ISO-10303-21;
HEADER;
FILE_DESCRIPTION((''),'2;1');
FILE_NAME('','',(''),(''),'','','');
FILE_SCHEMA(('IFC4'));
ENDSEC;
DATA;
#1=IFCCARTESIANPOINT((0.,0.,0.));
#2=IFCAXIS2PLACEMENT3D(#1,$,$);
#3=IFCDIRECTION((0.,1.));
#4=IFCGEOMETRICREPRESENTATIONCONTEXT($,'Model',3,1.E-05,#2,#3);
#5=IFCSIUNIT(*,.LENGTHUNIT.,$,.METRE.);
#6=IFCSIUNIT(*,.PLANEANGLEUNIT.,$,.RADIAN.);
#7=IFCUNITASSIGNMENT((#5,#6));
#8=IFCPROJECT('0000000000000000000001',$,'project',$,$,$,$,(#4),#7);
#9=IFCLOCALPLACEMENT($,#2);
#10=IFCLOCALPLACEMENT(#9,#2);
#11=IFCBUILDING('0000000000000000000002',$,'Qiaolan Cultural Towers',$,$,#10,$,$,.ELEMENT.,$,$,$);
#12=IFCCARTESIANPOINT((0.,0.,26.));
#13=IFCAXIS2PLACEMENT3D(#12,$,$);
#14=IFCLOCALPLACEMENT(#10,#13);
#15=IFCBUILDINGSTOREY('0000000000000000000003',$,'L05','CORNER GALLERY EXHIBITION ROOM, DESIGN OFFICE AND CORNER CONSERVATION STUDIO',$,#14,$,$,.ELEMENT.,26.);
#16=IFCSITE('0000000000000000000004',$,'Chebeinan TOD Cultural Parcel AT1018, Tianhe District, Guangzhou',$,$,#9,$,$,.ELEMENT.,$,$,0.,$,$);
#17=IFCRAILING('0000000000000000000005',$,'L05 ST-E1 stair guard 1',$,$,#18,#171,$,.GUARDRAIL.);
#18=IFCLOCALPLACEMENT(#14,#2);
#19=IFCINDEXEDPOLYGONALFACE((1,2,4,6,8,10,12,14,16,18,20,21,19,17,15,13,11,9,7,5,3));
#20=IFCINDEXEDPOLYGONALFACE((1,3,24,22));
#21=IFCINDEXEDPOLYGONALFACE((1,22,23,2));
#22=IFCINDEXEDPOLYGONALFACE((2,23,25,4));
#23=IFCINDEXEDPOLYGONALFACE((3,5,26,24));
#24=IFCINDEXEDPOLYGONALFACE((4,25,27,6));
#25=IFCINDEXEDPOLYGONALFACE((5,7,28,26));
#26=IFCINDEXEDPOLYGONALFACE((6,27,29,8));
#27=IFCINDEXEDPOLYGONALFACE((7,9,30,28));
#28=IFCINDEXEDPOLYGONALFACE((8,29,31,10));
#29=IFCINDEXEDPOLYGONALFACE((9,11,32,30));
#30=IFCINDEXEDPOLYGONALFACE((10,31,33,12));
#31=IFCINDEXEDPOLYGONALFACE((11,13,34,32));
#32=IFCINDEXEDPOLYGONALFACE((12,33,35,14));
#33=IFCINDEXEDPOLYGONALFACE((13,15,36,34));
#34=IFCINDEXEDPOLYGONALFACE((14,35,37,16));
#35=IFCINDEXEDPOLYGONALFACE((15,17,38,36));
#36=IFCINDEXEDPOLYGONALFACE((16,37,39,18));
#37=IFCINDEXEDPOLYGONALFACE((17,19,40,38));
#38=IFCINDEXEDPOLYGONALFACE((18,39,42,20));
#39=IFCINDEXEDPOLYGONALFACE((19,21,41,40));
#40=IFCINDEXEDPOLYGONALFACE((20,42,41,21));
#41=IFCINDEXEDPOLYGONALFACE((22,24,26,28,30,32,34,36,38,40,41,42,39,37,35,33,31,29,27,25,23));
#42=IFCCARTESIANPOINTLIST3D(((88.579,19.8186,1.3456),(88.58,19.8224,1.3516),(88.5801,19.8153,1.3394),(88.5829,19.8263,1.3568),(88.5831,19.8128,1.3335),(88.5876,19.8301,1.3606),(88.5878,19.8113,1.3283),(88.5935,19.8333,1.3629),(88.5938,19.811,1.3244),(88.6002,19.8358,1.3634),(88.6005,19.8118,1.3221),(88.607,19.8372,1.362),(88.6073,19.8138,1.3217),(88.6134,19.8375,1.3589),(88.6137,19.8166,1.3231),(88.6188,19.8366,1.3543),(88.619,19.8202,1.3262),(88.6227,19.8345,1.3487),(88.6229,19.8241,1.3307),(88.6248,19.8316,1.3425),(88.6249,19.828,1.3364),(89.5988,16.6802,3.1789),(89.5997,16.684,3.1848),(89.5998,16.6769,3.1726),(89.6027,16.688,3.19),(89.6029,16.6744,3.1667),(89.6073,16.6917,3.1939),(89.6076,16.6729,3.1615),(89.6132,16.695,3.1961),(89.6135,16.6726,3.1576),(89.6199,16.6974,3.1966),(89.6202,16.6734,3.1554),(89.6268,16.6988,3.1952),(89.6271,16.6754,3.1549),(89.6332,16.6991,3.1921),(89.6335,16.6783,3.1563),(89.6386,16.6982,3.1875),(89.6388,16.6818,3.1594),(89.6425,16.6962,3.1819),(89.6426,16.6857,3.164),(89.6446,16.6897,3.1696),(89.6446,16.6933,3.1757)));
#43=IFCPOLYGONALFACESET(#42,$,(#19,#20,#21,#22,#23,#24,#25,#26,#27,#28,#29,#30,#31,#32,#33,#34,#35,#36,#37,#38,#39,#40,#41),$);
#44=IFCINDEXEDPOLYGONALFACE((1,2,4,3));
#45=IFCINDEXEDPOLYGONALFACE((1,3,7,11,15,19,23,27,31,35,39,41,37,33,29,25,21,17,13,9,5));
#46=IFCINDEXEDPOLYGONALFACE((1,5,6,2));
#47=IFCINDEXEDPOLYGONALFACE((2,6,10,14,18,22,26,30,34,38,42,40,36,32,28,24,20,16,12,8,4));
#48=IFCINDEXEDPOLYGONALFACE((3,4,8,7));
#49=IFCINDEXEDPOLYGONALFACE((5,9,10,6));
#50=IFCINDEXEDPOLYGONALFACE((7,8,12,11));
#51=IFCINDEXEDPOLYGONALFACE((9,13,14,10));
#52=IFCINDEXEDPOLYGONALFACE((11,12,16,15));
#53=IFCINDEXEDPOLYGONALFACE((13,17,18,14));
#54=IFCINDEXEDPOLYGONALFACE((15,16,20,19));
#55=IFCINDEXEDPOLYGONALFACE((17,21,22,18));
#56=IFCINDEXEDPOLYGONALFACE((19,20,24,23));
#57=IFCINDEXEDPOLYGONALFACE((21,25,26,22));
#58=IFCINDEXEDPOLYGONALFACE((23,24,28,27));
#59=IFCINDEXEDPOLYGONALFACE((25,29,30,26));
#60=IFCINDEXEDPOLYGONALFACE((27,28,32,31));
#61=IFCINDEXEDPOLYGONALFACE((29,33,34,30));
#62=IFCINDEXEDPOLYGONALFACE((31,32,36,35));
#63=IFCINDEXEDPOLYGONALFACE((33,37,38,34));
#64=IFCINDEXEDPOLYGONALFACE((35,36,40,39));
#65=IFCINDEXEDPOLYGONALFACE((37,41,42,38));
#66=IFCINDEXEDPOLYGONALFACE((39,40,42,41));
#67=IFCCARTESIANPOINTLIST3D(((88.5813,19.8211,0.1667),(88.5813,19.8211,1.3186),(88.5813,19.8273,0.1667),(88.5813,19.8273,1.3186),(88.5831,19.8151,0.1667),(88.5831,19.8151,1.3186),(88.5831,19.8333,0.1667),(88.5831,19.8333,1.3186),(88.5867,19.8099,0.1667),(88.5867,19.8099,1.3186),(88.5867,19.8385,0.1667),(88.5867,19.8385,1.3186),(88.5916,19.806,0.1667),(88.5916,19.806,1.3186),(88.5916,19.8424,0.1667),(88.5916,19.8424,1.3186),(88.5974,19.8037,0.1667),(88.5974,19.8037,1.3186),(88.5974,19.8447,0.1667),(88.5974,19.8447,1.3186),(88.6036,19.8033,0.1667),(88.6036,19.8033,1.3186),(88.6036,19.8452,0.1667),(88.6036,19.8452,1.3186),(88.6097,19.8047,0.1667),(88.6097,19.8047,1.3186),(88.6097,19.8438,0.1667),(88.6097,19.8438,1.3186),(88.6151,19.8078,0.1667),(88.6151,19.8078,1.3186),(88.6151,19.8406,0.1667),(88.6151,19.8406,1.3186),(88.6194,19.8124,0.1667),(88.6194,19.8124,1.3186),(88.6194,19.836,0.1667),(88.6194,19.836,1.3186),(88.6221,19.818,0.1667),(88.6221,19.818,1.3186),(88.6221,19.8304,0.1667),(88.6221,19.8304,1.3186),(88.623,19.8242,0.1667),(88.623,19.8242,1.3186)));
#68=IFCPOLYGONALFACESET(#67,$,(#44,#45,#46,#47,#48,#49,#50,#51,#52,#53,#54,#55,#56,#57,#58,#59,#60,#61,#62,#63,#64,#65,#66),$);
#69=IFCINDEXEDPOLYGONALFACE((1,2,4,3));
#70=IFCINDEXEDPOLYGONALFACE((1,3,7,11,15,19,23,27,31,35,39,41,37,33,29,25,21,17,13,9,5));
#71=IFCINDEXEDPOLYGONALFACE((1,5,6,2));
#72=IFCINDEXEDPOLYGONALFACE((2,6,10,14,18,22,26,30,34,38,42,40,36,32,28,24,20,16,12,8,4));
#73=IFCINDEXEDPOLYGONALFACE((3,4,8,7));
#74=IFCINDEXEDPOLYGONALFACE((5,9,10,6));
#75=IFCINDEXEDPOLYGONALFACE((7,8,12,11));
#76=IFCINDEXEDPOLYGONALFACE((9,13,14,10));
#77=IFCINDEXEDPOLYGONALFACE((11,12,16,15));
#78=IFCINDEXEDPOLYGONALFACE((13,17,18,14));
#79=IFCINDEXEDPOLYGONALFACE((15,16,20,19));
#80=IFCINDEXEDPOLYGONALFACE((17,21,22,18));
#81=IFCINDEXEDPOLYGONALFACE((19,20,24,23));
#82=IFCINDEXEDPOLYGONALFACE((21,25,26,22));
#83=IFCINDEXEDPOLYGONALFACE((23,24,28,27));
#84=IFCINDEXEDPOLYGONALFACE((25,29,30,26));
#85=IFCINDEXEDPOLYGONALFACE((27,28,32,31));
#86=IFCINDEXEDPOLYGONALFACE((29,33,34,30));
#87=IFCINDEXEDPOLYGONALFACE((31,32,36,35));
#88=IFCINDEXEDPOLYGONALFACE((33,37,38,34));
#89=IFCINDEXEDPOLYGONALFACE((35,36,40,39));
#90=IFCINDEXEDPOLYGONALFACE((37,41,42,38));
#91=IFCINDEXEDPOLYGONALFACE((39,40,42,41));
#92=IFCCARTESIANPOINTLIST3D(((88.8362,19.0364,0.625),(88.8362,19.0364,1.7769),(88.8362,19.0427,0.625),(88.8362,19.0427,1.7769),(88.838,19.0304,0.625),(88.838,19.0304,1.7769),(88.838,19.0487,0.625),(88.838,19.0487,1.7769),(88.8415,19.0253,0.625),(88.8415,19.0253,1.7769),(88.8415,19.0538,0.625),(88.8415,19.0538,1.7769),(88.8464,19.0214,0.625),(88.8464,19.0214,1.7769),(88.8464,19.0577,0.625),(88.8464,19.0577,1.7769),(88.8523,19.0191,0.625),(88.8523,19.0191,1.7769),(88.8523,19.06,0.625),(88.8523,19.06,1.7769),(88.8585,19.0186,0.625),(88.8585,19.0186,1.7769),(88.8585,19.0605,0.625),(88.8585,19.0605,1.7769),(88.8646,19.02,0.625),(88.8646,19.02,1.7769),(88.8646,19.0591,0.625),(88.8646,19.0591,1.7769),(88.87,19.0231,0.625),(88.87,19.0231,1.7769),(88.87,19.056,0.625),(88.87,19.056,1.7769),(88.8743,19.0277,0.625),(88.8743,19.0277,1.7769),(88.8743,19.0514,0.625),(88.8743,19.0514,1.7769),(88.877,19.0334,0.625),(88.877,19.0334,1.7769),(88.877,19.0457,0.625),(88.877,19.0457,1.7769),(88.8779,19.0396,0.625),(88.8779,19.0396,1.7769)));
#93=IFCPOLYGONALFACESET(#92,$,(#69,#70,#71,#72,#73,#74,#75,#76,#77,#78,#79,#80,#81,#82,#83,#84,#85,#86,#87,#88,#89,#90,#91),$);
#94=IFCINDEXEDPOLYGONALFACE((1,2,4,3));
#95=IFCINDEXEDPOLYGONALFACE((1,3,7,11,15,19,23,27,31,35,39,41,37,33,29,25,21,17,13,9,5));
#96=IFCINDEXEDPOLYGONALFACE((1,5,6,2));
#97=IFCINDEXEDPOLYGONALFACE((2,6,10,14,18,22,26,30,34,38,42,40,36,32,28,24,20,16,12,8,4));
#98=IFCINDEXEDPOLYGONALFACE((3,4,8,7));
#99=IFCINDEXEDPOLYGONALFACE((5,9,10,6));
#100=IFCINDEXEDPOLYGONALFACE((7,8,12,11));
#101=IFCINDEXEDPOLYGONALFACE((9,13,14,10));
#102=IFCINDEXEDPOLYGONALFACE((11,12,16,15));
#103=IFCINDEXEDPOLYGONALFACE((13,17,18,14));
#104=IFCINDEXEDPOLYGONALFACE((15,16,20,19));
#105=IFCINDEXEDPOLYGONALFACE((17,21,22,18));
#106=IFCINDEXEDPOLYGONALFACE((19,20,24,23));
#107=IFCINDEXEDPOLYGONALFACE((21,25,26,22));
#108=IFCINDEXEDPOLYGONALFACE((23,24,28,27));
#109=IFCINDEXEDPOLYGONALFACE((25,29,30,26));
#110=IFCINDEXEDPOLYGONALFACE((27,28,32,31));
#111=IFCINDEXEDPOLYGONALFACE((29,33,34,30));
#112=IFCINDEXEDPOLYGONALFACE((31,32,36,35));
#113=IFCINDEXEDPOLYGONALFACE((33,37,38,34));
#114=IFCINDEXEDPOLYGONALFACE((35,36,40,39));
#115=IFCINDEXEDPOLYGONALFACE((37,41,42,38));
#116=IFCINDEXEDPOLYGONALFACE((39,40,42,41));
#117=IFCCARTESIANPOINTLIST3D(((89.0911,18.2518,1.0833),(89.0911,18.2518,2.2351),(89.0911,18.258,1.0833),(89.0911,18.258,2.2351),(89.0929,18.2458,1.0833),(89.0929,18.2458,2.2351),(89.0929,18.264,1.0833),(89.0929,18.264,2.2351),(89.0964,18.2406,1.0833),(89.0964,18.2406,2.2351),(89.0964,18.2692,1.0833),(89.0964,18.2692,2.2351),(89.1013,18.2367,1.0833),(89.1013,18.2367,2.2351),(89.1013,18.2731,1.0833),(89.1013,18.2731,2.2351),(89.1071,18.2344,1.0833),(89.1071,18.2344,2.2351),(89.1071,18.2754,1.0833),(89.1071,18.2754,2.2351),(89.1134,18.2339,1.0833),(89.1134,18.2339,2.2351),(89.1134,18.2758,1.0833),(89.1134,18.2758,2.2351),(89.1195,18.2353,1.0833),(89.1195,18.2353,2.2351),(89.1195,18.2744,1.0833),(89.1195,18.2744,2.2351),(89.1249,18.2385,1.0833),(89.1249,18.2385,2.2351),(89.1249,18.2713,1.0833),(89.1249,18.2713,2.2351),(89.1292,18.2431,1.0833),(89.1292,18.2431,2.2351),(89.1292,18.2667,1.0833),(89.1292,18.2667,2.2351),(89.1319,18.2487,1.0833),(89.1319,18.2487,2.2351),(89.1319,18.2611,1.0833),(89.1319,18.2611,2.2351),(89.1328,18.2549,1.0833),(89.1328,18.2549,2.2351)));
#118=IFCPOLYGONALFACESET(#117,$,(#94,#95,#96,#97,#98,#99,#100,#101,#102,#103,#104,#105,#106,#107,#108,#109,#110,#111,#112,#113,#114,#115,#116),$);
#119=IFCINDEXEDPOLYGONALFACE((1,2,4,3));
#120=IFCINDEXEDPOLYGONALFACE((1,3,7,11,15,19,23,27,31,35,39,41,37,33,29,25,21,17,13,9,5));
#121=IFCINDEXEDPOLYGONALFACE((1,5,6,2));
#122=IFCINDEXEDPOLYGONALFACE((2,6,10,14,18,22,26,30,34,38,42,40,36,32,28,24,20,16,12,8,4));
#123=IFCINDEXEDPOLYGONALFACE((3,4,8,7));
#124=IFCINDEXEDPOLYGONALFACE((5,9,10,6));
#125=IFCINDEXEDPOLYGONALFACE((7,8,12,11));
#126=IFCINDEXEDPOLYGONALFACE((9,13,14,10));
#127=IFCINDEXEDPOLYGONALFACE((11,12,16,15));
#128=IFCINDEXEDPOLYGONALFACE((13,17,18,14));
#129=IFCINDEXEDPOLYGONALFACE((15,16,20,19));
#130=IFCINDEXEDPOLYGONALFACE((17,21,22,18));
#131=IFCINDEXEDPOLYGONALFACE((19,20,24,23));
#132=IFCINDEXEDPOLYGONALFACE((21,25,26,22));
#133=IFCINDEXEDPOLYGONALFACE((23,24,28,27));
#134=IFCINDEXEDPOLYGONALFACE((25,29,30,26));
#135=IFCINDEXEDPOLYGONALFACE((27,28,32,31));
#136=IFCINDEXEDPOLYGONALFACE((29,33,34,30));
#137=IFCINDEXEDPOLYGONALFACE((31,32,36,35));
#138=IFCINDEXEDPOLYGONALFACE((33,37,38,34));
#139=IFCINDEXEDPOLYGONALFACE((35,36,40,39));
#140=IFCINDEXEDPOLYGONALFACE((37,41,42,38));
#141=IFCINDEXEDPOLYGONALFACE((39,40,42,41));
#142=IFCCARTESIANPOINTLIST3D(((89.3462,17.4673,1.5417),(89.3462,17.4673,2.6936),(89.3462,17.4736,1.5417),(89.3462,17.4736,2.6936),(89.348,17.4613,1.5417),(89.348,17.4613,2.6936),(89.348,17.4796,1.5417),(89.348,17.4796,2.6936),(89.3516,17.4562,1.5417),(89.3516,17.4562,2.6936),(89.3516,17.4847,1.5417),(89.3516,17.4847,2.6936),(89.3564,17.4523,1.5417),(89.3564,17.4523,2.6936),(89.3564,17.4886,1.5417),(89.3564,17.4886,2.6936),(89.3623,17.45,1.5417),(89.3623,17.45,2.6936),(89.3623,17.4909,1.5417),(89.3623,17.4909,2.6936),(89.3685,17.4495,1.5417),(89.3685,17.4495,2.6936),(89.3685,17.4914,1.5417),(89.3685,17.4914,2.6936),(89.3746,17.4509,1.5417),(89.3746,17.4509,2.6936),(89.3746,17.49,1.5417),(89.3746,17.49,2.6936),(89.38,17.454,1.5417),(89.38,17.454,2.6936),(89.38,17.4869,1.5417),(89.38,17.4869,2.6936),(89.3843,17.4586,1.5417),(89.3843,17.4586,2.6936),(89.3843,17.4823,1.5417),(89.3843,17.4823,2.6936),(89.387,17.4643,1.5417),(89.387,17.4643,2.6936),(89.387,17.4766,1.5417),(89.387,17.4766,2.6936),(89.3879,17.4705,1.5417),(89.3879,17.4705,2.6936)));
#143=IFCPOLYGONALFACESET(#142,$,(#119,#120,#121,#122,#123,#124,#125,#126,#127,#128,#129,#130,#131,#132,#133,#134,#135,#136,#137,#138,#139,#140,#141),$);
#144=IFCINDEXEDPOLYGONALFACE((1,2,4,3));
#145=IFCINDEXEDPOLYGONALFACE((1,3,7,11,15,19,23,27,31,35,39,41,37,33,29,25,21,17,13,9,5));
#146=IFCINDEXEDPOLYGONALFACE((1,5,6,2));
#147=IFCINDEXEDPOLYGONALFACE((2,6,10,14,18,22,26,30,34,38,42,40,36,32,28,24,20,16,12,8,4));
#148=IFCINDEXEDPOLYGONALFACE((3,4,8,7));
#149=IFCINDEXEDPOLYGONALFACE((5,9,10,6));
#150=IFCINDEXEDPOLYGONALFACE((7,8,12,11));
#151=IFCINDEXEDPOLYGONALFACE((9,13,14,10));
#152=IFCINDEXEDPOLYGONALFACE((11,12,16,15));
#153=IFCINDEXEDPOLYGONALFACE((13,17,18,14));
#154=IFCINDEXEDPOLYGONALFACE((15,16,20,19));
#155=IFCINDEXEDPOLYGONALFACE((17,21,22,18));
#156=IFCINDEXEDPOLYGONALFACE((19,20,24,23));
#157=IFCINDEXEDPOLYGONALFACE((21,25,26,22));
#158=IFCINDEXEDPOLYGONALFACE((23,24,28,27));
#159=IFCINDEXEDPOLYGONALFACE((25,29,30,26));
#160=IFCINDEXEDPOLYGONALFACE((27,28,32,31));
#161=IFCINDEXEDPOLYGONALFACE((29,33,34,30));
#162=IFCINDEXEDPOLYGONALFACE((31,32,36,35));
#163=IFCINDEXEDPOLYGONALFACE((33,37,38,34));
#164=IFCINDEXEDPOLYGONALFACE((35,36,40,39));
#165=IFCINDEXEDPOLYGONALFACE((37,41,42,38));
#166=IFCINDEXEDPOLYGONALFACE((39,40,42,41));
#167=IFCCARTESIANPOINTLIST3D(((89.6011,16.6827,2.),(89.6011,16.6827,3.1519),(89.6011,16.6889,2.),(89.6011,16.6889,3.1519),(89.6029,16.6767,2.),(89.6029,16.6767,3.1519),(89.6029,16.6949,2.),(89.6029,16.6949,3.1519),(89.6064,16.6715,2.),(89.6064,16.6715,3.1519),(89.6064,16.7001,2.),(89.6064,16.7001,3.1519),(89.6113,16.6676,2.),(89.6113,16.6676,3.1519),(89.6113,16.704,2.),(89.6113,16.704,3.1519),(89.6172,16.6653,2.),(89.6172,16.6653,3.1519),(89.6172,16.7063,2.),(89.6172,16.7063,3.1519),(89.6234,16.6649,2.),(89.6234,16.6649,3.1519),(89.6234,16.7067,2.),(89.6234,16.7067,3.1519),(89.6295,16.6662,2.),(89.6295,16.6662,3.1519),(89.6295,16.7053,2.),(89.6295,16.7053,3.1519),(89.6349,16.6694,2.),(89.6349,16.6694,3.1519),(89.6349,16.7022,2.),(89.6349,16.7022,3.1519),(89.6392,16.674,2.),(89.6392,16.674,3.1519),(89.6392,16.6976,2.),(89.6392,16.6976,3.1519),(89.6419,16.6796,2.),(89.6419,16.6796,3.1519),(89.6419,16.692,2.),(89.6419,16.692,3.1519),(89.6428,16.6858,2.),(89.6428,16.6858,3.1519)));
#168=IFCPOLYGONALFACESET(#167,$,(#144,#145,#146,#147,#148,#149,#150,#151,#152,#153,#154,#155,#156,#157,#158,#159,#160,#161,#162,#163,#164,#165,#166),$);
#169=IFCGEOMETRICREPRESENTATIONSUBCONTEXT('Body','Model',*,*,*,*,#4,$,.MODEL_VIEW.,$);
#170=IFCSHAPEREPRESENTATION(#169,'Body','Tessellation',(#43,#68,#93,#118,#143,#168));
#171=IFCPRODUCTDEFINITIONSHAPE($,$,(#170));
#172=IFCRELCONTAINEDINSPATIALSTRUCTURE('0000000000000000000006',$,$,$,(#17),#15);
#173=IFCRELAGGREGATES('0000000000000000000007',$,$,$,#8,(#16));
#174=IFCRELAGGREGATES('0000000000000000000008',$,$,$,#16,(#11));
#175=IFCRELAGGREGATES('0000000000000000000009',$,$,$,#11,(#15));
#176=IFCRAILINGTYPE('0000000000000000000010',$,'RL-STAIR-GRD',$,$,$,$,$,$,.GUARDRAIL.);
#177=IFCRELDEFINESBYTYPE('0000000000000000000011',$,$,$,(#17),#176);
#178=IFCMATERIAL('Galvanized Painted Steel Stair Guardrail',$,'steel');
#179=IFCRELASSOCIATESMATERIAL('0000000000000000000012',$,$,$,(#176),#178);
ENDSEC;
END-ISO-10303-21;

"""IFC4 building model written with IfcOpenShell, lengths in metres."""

from ifc_helpers import new_model, si_unit, direction, frame, origin, origin_2d, place, context, subcontext, project, spatial, circle, extrude, material, type_object, element, save


model = new_model("IFC4")

# Units and contexts
model_context = context("Model", 3, precision=1e-05, world=origin(), true_north=direction((0.0, 1.0)))
body_context = subcontext(model_context, "Body", "Model", "MODEL_VIEW")
ifc_project = project(units=[si_unit("LENGTHUNIT", "METRE"), si_unit("PLANEANGLEUNIT", "RADIAN")], contexts=[model_context])

# Site, building, storey
site_placement = place(None, origin())
site = spatial("IfcSite", under=ifc_project, at=site_placement, Name="Chebeinan TOD Cultural Parcel AT1018, Tianhe District, Guangzhou", CompositionType="ELEMENT", RefElevation=0.0)
building_placement = place(site_placement, origin())
building = spatial("IfcBuilding", under=site, at=building_placement, Name="Qiaolan Cultural Towers", CompositionType="ELEMENT")
storey_placement = place(building_placement, frame((0.0, 0.0, 26.0)))
storey = spatial("IfcBuildingStorey", under=building, at=storey_placement, Name="L05", Description="CORNER GALLERY EXHIBITION ROOM, DESIGN OFFICE AND CORNER CONSERVATION STUDIO", CompositionType="ELEMENT", Elevation=26.0)

# Railing
ifc_material_1 = material(Name="Galvanized Painted Steel Stair Guardrail", Category="steel")
railing_type_1 = type_object("IfcRailingType", Name="RL-STAIR-GRD", PredefinedType="GUARDRAIL", material=ifc_material_1)
railing_1_placement = place(storey_placement, frame((88.6021, 19.8242, 0.1667)))
element("IfcRailing", 1, at=railing_1_placement, inside=storey, type_object=railing_type_1, Name="L05 ST-E1 stair guard 1", PredefinedType="GUARDRAIL", context=body_context, shape_type="SweptSolid", body=[
    extrude(circle(Radius=0.0239, at=origin_2d()), frame((0.0, 0.0, 1.1758), z_axis=(0.270141, -0.831376, 0.485632), x_axis=(0.951053, 0.309028, 0.0)), (0.0, 0.0, 1.0), 3.7749),
    extrude(circle(Radius=0.021, at=origin_2d()), origin(), (0.0, 0.0, 1.0), 1.1519),
    extrude(circle(Radius=0.021, at=origin_2d()), frame((0.2549, -0.7847, 0.4583)), (0.0, 0.0, 1.0), 1.1519),
    extrude(circle(Radius=0.021, at=origin_2d()), frame((0.5098, -1.5693, 0.9165)), (0.0, 0.0, 1.0), 1.1519),
    extrude(circle(Radius=0.021, at=origin_2d()), frame((0.7649, -2.3538, 1.375)), (0.0, 0.0, 1.0), 1.1519),
    extrude(circle(Radius=0.021, at=origin_2d()), frame((1.0198, -3.1384, 1.8333)), (0.0, 0.0, 1.0), 1.1519),
])

save(model, "model.ifc")
